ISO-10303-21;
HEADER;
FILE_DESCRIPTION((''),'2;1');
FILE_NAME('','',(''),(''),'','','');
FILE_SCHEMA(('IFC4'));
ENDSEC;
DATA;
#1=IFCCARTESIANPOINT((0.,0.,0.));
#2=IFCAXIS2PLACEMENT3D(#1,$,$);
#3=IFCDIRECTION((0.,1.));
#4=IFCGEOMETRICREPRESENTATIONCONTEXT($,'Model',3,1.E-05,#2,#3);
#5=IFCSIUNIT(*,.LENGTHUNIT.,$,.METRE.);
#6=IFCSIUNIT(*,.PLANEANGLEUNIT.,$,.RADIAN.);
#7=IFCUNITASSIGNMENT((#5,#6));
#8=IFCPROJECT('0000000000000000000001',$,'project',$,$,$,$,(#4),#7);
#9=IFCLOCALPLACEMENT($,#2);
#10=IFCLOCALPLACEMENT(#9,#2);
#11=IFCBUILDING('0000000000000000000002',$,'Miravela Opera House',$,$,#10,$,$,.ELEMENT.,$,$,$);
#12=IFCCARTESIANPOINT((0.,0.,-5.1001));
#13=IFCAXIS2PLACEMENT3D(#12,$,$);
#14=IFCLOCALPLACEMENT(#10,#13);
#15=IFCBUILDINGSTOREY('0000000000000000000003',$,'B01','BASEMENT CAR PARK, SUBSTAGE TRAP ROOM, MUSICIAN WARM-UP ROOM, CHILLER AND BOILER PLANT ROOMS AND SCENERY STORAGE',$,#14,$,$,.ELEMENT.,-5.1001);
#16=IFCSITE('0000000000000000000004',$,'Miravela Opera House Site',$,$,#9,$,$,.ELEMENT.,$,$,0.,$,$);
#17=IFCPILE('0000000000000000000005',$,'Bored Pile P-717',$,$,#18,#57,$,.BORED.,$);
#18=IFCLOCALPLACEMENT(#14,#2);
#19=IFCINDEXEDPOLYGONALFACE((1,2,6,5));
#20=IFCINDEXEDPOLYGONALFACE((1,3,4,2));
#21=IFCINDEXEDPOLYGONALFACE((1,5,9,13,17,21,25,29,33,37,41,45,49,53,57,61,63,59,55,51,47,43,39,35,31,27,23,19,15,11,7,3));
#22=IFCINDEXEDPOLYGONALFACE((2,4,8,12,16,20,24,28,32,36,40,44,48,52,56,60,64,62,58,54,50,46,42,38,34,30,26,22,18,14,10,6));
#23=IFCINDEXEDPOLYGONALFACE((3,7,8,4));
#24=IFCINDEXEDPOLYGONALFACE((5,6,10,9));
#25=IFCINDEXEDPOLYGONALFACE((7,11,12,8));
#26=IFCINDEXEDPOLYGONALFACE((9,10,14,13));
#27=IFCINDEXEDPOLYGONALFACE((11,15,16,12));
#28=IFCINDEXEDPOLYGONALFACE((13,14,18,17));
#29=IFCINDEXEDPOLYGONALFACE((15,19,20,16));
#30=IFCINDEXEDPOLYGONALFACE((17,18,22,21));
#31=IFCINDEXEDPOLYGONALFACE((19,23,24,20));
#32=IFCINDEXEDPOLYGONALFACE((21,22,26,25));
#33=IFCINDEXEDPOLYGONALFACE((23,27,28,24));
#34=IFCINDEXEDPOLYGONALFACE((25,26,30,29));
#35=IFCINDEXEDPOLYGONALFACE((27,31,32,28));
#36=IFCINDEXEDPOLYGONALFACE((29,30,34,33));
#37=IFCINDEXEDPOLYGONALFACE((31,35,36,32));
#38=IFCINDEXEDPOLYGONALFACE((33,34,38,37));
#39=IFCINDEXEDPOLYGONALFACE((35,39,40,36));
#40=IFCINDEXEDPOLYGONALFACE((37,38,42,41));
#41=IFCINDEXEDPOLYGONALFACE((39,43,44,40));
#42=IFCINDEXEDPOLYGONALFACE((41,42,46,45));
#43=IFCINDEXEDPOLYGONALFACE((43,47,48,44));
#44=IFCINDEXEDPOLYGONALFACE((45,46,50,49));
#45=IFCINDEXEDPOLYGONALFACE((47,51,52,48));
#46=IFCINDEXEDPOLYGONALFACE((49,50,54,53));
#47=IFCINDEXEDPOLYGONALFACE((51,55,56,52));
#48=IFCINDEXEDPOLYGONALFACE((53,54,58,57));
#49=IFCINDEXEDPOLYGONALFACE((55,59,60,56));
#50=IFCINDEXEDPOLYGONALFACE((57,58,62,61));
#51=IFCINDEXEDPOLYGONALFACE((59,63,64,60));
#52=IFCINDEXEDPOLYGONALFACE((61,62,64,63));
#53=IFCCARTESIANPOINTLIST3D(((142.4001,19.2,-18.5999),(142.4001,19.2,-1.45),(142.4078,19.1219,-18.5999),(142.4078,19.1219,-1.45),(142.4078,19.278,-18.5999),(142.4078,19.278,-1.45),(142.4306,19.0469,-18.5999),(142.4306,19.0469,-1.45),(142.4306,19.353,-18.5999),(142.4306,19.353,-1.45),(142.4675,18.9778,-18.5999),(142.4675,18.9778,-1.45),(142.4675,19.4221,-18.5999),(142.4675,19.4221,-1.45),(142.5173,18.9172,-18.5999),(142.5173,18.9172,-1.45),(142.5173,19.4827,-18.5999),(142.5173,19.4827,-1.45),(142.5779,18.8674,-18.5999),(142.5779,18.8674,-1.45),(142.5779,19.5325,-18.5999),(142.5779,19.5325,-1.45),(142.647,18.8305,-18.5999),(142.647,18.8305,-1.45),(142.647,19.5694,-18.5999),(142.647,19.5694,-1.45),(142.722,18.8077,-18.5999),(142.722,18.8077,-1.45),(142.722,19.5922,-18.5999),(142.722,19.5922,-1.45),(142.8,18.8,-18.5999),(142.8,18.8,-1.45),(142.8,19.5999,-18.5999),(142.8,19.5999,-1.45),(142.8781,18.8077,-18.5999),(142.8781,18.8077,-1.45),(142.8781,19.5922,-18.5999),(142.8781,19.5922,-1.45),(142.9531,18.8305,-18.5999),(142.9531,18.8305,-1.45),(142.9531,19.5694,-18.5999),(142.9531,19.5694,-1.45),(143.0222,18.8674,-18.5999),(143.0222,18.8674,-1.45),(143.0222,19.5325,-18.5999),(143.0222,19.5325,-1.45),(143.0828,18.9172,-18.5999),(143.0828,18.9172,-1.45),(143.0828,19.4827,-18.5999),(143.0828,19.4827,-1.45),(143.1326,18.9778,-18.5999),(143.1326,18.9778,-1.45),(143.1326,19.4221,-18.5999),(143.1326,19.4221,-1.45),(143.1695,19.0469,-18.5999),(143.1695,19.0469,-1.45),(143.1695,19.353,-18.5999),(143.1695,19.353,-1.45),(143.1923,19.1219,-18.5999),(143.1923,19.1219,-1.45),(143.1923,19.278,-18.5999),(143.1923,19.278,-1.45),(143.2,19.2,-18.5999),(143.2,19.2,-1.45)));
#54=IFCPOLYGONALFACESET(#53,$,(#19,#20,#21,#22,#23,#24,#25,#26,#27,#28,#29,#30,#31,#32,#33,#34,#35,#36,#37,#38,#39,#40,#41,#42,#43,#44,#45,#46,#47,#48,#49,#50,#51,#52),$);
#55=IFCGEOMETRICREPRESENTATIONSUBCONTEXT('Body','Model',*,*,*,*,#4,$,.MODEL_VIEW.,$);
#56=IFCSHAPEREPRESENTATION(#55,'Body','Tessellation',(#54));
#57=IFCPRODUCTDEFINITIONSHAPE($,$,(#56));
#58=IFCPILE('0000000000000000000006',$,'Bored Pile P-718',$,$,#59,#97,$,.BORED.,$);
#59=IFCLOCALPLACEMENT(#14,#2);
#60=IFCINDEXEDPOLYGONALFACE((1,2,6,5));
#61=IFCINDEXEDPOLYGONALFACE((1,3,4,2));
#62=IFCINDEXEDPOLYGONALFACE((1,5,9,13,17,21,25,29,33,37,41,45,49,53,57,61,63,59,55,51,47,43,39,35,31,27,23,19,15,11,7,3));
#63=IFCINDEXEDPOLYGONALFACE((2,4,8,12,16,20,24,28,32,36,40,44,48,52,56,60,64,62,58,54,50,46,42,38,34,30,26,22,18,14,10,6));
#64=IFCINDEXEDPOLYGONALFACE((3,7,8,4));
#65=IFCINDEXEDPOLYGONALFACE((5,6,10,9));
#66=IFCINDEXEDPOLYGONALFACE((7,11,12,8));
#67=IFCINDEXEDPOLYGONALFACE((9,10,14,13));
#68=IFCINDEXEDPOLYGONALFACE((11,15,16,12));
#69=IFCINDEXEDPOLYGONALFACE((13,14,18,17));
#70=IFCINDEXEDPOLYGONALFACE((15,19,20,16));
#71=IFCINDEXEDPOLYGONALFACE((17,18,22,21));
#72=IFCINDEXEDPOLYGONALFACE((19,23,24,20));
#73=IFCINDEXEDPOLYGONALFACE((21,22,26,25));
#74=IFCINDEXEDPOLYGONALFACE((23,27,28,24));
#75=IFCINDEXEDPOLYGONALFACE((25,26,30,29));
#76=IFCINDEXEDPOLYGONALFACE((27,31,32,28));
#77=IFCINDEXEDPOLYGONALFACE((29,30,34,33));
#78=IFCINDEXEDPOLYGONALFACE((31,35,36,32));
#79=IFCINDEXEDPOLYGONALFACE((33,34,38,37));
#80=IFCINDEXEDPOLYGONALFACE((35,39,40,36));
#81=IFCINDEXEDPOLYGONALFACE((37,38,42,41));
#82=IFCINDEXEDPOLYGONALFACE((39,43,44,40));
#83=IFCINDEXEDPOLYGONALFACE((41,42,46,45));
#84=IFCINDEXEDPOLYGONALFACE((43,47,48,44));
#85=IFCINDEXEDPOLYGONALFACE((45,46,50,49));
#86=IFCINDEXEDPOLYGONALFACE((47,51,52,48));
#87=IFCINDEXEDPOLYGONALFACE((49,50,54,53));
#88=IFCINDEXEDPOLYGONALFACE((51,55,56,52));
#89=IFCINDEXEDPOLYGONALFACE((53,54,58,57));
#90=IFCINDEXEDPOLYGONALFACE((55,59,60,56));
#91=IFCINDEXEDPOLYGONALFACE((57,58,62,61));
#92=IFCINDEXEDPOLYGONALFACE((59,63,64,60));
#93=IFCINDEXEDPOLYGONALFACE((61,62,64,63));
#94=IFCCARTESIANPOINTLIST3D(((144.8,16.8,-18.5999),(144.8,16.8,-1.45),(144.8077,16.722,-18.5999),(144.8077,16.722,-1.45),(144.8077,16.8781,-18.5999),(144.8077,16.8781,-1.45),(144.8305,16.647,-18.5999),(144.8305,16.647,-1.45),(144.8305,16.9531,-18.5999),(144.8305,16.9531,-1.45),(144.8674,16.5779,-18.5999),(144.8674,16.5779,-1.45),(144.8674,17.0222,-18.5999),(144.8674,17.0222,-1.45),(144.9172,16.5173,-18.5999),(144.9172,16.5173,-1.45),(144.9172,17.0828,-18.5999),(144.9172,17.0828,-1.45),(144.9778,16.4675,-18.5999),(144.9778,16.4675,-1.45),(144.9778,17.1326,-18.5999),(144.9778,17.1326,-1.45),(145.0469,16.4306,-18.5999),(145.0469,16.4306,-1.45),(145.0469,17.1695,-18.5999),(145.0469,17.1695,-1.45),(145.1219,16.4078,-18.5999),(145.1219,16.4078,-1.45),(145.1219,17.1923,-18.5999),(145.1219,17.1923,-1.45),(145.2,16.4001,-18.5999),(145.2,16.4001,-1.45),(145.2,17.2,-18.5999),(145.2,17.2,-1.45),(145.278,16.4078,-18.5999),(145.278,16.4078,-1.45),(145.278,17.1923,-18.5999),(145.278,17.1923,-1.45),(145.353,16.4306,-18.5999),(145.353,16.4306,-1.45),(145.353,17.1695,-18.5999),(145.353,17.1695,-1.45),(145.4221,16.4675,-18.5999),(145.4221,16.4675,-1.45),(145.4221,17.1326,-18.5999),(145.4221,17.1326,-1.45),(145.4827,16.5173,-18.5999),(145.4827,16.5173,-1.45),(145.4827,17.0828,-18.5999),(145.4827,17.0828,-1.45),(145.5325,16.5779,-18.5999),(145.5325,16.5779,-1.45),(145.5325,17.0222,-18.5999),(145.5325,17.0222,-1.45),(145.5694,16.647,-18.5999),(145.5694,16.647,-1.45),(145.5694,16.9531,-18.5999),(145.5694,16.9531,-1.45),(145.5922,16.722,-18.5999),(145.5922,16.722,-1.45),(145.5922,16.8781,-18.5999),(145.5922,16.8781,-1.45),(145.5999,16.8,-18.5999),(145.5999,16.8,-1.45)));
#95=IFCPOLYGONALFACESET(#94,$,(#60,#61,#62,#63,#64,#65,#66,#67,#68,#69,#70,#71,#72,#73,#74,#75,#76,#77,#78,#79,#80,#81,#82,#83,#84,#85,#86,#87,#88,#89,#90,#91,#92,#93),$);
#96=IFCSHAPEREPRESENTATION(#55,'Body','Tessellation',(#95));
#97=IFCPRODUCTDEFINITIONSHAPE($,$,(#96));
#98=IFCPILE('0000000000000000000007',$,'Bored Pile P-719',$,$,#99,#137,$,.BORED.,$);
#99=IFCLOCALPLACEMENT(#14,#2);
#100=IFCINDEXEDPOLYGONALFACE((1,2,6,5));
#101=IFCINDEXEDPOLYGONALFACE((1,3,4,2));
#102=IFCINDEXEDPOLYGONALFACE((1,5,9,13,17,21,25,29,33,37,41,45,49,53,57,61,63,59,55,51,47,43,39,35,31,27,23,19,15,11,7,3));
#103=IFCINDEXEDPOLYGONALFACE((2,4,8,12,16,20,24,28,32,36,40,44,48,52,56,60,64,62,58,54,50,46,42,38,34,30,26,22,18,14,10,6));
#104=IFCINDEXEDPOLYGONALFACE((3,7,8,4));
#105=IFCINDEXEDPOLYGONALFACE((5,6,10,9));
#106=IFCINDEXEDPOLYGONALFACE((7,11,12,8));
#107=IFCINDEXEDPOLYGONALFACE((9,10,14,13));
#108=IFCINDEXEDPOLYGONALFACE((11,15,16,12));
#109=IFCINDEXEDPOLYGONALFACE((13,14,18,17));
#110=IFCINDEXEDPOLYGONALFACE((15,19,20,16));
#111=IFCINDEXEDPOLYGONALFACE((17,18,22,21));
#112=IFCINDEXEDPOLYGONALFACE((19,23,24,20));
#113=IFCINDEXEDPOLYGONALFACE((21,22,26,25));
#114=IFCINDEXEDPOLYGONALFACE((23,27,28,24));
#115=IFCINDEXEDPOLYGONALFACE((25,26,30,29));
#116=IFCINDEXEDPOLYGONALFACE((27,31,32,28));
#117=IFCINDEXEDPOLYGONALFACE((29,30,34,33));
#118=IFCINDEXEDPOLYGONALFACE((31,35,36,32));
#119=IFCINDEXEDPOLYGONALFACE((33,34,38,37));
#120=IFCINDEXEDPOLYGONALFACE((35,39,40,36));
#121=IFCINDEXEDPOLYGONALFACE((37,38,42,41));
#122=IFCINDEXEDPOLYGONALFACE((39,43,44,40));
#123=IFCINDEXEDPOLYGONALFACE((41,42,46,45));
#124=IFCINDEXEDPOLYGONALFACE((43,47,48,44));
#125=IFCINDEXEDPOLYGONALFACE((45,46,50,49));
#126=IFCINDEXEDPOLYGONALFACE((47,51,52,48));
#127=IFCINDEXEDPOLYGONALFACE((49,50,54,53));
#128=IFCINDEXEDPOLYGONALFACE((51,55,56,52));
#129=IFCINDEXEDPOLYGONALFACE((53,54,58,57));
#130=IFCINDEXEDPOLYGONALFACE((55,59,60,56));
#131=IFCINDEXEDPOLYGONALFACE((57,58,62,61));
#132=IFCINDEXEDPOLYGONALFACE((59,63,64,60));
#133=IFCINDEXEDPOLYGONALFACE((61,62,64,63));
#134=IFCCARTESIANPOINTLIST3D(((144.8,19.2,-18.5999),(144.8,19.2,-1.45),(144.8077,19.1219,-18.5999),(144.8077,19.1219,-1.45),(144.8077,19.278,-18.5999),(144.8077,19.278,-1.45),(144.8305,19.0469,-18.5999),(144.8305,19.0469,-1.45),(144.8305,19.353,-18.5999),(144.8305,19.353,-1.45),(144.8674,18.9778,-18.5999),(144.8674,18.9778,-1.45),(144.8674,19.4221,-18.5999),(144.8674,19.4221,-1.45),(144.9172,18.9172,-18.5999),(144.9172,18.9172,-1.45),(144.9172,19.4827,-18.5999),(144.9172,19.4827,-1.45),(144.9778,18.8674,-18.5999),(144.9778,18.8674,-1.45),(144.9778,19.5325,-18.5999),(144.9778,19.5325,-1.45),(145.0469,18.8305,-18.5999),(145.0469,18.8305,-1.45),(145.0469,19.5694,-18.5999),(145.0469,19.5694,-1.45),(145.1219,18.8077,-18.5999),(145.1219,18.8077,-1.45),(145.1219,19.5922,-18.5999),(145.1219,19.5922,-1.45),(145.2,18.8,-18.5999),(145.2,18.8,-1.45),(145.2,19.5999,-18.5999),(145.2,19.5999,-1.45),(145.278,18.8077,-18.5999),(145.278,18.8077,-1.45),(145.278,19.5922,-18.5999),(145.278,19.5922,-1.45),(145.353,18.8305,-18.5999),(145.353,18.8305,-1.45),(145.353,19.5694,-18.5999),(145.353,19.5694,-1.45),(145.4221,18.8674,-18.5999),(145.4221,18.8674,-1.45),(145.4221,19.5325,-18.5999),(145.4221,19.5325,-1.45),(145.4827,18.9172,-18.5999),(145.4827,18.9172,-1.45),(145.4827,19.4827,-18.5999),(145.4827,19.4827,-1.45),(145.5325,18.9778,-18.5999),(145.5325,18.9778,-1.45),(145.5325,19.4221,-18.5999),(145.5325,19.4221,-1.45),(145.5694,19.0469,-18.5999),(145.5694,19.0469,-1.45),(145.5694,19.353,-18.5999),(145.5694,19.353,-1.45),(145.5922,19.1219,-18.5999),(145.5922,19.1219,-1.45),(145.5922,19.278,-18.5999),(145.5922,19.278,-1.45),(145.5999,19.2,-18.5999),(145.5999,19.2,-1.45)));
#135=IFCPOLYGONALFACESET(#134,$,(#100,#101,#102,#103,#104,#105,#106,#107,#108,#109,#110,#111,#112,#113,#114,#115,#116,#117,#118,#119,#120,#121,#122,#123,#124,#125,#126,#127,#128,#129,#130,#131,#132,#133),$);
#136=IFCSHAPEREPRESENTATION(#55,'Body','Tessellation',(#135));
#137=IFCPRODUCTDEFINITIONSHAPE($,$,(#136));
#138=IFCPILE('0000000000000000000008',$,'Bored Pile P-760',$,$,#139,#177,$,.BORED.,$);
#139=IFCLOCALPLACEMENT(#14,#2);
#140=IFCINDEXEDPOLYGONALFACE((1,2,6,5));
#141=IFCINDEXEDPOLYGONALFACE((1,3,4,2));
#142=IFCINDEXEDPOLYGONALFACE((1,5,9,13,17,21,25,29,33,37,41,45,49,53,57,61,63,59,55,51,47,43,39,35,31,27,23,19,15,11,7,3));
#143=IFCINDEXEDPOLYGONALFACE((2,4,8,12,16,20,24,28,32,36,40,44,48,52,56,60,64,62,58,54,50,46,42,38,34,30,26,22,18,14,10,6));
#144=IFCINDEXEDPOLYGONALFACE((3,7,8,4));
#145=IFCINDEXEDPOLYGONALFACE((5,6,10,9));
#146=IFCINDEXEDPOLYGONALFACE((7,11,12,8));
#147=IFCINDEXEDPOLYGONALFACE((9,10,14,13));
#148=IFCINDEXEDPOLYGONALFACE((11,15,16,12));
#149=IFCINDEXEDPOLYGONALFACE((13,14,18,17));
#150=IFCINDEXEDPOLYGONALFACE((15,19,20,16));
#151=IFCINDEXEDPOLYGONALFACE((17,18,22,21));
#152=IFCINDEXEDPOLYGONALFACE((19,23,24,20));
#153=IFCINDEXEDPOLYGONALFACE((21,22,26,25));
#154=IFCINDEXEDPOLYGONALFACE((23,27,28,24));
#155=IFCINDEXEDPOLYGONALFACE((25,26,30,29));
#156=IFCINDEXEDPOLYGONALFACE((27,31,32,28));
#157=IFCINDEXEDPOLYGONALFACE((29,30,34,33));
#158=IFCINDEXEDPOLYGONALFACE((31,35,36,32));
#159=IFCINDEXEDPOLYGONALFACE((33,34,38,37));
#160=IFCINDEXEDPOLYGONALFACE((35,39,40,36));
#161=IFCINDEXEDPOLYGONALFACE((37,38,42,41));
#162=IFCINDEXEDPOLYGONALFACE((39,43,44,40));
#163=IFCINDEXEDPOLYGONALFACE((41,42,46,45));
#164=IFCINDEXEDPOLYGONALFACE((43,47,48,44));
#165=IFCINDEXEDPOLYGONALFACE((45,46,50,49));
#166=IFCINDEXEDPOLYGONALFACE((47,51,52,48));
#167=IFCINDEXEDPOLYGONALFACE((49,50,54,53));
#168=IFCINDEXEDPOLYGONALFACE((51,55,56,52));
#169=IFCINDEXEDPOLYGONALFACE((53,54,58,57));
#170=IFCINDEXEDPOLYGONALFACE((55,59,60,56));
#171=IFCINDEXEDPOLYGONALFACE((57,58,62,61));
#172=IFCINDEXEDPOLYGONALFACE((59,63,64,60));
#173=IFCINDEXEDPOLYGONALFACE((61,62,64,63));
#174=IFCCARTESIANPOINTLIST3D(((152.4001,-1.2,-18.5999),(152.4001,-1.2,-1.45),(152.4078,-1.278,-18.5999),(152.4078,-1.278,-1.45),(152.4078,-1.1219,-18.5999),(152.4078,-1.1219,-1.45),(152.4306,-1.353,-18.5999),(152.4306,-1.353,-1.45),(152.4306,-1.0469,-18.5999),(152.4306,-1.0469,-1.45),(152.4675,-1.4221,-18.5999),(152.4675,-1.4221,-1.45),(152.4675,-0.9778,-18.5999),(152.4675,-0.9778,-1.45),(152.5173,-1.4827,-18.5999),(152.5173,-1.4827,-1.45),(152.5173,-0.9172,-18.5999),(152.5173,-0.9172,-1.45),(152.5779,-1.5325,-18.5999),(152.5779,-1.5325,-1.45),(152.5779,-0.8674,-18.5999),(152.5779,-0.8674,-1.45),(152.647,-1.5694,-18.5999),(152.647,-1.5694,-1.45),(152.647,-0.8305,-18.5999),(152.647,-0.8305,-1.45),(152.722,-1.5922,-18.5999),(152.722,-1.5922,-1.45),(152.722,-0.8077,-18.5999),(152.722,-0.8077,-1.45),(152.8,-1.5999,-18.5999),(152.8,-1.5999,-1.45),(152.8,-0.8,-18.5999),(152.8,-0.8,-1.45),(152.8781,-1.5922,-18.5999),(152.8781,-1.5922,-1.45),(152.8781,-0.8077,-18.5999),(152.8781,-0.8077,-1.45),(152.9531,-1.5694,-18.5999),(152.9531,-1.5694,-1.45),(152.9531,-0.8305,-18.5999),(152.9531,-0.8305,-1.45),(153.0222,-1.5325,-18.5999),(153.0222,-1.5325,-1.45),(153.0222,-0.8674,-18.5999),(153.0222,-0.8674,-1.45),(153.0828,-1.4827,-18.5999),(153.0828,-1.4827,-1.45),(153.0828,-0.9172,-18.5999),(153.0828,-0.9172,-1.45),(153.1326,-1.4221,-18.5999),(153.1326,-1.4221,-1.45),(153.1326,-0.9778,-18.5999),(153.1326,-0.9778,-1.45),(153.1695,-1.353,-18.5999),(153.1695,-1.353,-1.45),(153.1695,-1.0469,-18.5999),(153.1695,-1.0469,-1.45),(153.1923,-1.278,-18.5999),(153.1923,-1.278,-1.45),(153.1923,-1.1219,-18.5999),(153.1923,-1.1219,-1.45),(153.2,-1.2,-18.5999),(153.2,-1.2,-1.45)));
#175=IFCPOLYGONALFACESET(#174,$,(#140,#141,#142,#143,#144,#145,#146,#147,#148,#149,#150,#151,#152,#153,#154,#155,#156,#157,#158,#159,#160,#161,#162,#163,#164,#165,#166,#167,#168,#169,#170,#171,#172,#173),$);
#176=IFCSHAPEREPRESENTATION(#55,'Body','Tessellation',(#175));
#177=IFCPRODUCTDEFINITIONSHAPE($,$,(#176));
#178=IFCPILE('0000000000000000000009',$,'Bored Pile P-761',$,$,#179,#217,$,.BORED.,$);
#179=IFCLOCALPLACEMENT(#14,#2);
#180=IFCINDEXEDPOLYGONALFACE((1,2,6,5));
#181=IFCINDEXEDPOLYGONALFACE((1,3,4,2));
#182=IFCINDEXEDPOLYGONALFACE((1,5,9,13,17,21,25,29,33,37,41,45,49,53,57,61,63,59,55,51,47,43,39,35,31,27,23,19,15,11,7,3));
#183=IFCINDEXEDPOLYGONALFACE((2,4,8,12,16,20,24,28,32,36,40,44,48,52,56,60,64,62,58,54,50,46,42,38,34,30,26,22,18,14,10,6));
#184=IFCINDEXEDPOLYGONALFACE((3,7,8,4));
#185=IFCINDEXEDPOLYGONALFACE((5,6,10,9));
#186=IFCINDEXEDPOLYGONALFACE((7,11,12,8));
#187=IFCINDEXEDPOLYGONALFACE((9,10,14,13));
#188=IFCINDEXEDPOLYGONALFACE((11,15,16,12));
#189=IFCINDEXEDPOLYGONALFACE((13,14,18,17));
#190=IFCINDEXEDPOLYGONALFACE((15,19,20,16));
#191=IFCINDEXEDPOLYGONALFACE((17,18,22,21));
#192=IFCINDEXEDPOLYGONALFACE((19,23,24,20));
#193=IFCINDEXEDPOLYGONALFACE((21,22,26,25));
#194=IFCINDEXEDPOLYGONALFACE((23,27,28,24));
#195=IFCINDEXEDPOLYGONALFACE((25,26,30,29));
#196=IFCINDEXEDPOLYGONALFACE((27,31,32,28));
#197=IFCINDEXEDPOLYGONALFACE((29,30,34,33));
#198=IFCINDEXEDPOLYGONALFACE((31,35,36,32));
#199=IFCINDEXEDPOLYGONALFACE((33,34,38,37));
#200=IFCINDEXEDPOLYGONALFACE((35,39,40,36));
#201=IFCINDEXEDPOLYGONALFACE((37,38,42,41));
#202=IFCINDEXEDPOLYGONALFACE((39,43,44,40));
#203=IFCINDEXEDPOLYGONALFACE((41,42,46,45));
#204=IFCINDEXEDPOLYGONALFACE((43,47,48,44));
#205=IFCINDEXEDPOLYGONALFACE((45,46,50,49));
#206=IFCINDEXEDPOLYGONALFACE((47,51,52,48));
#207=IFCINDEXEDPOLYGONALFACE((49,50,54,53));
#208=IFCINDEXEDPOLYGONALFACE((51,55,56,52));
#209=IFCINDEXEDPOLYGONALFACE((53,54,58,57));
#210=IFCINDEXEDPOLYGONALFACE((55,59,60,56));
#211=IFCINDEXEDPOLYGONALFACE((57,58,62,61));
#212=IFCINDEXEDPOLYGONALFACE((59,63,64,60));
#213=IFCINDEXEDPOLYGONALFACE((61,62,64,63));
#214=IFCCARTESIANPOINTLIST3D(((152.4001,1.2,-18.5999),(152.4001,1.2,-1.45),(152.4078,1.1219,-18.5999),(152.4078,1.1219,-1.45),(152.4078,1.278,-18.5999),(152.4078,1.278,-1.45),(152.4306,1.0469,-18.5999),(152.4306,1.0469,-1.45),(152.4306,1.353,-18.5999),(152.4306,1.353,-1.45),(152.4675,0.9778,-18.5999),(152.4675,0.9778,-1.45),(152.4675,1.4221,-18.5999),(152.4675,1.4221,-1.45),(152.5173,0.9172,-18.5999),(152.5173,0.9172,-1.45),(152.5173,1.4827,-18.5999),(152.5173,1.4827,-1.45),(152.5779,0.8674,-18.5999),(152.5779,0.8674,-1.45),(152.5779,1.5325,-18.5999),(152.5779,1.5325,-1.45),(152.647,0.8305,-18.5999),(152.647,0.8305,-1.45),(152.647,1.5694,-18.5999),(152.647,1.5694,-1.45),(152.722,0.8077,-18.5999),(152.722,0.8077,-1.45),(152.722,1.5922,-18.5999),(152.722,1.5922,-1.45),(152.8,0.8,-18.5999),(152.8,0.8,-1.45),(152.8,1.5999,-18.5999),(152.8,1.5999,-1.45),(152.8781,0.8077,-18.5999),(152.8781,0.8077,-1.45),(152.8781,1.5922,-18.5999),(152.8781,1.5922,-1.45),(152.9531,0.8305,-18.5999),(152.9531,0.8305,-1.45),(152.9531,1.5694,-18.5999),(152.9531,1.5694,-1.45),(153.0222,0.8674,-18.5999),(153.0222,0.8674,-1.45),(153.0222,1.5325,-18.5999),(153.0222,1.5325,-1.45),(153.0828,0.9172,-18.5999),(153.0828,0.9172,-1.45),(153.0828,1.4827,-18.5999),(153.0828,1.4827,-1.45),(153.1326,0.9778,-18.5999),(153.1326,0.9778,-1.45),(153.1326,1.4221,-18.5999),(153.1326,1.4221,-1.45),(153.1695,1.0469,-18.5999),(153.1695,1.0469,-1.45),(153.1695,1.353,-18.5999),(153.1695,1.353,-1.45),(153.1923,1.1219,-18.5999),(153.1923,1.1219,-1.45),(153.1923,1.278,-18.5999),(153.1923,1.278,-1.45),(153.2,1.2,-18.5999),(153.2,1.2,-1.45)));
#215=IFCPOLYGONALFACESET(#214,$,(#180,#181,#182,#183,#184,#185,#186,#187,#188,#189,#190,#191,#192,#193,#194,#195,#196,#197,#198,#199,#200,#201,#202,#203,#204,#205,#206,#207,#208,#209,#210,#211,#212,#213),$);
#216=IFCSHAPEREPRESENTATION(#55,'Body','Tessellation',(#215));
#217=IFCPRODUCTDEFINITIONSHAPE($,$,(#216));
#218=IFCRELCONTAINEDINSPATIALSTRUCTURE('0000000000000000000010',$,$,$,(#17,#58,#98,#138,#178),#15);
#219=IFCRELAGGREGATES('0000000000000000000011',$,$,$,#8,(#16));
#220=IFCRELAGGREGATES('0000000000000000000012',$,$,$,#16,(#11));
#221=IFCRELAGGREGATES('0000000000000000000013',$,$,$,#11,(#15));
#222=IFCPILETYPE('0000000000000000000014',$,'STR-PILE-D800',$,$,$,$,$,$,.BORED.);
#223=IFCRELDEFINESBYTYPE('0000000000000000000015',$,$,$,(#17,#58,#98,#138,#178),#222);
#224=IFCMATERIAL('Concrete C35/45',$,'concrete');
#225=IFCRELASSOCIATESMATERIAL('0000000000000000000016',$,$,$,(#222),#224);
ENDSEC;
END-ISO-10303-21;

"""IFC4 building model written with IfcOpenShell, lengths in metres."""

from ifc_helpers import new_model, si_unit, direction, frame, origin, origin_2d, place, context, subcontext, project, spatial, circle, extrude, material, material_profile, profile_set, type_object, element, save


model = new_model("IFC4")

# Units and contexts
model_context = context("Model", 3, precision=1e-05, world=origin(), true_north=direction((0.0, 1.0)))
body_context = subcontext(model_context, "Body", "Model", "MODEL_VIEW")
ifc_project = project(units=[si_unit("LENGTHUNIT", "METRE"), si_unit("PLANEANGLEUNIT", "RADIAN")], contexts=[model_context])

# Site, building, storey
site_placement = place(None, origin())
site = spatial("IfcSite", under=ifc_project, at=site_placement, Name="Miravela Opera House Site", CompositionType="ELEMENT", RefElevation=0.0)
building_placement = place(site_placement, origin())
building = spatial("IfcBuilding", under=site, at=building_placement, Name="Miravela Opera House", CompositionType="ELEMENT")
storey_placement = place(building_placement, frame((0.0, 0.0, -5.1001)))
storey = spatial("IfcBuildingStorey", under=building, at=storey_placement, Name="B01", Description="BASEMENT CAR PARK, SUBSTAGE TRAP ROOM, MUSICIAN WARM-UP ROOM, CHILLER AND BOILER PLANT ROOMS AND SCENERY STORAGE", CompositionType="ELEMENT", Elevation=-5.1001)

# Shared definitions
ifc_material_1 = material(Name="Concrete C35/45", Category="concrete")

# Piles
ifc_material_profile_1 = material_profile(ifc_material_1, circle(Radius=0.3999, at=origin_2d()), Name="PILE-D800")
ifc_profile_set_1 = profile_set([ifc_material_profile_1])
pile_type = type_object("IfcPileType", Name="STR-PILE-D800", PredefinedType="BORED", material=ifc_profile_set_1)
for number, where, z_axis, x_axis, name in (
    (1, (142.8, 19.2, -1.45), (0.0, 0.0, -1.0), (1.0, 0.0, 0.0), "Bored Pile P-717"),
    (2, (145.2, 16.8, -1.45), (0.0, 0.0, -1.0), (1.0, 0.0, 0.0), "Bored Pile P-718"),
    (3, (145.2, 19.2, -1.45), (0.0, 0.0, -1.0), (1.0, 0.0, 0.0), "Bored Pile P-719"),
    (4, (152.8, -1.2, -1.45), (0.0, 0.0, -1.0), (1.0, 0.0, 0.0), "Bored Pile P-760"),
    (5, (152.8, 1.2, -1.45), (0.0, 0.0, -1.0), (1.0, 0.0, 0.0), "Bored Pile P-761"),
):
    element("IfcPile", number, at=place(storey_placement, frame(where, z_axis=z_axis, x_axis=x_axis)), inside=storey, type_object=pile_type, Name=name, PredefinedType="BORED", context=body_context, shape_type="SweptSolid", body=[
        extrude(circle(Radius=0.3999, at=origin_2d()), origin(), (0.0, 0.0, 1.0), 17.1499),
    ])

save(model, "model.ifc")
